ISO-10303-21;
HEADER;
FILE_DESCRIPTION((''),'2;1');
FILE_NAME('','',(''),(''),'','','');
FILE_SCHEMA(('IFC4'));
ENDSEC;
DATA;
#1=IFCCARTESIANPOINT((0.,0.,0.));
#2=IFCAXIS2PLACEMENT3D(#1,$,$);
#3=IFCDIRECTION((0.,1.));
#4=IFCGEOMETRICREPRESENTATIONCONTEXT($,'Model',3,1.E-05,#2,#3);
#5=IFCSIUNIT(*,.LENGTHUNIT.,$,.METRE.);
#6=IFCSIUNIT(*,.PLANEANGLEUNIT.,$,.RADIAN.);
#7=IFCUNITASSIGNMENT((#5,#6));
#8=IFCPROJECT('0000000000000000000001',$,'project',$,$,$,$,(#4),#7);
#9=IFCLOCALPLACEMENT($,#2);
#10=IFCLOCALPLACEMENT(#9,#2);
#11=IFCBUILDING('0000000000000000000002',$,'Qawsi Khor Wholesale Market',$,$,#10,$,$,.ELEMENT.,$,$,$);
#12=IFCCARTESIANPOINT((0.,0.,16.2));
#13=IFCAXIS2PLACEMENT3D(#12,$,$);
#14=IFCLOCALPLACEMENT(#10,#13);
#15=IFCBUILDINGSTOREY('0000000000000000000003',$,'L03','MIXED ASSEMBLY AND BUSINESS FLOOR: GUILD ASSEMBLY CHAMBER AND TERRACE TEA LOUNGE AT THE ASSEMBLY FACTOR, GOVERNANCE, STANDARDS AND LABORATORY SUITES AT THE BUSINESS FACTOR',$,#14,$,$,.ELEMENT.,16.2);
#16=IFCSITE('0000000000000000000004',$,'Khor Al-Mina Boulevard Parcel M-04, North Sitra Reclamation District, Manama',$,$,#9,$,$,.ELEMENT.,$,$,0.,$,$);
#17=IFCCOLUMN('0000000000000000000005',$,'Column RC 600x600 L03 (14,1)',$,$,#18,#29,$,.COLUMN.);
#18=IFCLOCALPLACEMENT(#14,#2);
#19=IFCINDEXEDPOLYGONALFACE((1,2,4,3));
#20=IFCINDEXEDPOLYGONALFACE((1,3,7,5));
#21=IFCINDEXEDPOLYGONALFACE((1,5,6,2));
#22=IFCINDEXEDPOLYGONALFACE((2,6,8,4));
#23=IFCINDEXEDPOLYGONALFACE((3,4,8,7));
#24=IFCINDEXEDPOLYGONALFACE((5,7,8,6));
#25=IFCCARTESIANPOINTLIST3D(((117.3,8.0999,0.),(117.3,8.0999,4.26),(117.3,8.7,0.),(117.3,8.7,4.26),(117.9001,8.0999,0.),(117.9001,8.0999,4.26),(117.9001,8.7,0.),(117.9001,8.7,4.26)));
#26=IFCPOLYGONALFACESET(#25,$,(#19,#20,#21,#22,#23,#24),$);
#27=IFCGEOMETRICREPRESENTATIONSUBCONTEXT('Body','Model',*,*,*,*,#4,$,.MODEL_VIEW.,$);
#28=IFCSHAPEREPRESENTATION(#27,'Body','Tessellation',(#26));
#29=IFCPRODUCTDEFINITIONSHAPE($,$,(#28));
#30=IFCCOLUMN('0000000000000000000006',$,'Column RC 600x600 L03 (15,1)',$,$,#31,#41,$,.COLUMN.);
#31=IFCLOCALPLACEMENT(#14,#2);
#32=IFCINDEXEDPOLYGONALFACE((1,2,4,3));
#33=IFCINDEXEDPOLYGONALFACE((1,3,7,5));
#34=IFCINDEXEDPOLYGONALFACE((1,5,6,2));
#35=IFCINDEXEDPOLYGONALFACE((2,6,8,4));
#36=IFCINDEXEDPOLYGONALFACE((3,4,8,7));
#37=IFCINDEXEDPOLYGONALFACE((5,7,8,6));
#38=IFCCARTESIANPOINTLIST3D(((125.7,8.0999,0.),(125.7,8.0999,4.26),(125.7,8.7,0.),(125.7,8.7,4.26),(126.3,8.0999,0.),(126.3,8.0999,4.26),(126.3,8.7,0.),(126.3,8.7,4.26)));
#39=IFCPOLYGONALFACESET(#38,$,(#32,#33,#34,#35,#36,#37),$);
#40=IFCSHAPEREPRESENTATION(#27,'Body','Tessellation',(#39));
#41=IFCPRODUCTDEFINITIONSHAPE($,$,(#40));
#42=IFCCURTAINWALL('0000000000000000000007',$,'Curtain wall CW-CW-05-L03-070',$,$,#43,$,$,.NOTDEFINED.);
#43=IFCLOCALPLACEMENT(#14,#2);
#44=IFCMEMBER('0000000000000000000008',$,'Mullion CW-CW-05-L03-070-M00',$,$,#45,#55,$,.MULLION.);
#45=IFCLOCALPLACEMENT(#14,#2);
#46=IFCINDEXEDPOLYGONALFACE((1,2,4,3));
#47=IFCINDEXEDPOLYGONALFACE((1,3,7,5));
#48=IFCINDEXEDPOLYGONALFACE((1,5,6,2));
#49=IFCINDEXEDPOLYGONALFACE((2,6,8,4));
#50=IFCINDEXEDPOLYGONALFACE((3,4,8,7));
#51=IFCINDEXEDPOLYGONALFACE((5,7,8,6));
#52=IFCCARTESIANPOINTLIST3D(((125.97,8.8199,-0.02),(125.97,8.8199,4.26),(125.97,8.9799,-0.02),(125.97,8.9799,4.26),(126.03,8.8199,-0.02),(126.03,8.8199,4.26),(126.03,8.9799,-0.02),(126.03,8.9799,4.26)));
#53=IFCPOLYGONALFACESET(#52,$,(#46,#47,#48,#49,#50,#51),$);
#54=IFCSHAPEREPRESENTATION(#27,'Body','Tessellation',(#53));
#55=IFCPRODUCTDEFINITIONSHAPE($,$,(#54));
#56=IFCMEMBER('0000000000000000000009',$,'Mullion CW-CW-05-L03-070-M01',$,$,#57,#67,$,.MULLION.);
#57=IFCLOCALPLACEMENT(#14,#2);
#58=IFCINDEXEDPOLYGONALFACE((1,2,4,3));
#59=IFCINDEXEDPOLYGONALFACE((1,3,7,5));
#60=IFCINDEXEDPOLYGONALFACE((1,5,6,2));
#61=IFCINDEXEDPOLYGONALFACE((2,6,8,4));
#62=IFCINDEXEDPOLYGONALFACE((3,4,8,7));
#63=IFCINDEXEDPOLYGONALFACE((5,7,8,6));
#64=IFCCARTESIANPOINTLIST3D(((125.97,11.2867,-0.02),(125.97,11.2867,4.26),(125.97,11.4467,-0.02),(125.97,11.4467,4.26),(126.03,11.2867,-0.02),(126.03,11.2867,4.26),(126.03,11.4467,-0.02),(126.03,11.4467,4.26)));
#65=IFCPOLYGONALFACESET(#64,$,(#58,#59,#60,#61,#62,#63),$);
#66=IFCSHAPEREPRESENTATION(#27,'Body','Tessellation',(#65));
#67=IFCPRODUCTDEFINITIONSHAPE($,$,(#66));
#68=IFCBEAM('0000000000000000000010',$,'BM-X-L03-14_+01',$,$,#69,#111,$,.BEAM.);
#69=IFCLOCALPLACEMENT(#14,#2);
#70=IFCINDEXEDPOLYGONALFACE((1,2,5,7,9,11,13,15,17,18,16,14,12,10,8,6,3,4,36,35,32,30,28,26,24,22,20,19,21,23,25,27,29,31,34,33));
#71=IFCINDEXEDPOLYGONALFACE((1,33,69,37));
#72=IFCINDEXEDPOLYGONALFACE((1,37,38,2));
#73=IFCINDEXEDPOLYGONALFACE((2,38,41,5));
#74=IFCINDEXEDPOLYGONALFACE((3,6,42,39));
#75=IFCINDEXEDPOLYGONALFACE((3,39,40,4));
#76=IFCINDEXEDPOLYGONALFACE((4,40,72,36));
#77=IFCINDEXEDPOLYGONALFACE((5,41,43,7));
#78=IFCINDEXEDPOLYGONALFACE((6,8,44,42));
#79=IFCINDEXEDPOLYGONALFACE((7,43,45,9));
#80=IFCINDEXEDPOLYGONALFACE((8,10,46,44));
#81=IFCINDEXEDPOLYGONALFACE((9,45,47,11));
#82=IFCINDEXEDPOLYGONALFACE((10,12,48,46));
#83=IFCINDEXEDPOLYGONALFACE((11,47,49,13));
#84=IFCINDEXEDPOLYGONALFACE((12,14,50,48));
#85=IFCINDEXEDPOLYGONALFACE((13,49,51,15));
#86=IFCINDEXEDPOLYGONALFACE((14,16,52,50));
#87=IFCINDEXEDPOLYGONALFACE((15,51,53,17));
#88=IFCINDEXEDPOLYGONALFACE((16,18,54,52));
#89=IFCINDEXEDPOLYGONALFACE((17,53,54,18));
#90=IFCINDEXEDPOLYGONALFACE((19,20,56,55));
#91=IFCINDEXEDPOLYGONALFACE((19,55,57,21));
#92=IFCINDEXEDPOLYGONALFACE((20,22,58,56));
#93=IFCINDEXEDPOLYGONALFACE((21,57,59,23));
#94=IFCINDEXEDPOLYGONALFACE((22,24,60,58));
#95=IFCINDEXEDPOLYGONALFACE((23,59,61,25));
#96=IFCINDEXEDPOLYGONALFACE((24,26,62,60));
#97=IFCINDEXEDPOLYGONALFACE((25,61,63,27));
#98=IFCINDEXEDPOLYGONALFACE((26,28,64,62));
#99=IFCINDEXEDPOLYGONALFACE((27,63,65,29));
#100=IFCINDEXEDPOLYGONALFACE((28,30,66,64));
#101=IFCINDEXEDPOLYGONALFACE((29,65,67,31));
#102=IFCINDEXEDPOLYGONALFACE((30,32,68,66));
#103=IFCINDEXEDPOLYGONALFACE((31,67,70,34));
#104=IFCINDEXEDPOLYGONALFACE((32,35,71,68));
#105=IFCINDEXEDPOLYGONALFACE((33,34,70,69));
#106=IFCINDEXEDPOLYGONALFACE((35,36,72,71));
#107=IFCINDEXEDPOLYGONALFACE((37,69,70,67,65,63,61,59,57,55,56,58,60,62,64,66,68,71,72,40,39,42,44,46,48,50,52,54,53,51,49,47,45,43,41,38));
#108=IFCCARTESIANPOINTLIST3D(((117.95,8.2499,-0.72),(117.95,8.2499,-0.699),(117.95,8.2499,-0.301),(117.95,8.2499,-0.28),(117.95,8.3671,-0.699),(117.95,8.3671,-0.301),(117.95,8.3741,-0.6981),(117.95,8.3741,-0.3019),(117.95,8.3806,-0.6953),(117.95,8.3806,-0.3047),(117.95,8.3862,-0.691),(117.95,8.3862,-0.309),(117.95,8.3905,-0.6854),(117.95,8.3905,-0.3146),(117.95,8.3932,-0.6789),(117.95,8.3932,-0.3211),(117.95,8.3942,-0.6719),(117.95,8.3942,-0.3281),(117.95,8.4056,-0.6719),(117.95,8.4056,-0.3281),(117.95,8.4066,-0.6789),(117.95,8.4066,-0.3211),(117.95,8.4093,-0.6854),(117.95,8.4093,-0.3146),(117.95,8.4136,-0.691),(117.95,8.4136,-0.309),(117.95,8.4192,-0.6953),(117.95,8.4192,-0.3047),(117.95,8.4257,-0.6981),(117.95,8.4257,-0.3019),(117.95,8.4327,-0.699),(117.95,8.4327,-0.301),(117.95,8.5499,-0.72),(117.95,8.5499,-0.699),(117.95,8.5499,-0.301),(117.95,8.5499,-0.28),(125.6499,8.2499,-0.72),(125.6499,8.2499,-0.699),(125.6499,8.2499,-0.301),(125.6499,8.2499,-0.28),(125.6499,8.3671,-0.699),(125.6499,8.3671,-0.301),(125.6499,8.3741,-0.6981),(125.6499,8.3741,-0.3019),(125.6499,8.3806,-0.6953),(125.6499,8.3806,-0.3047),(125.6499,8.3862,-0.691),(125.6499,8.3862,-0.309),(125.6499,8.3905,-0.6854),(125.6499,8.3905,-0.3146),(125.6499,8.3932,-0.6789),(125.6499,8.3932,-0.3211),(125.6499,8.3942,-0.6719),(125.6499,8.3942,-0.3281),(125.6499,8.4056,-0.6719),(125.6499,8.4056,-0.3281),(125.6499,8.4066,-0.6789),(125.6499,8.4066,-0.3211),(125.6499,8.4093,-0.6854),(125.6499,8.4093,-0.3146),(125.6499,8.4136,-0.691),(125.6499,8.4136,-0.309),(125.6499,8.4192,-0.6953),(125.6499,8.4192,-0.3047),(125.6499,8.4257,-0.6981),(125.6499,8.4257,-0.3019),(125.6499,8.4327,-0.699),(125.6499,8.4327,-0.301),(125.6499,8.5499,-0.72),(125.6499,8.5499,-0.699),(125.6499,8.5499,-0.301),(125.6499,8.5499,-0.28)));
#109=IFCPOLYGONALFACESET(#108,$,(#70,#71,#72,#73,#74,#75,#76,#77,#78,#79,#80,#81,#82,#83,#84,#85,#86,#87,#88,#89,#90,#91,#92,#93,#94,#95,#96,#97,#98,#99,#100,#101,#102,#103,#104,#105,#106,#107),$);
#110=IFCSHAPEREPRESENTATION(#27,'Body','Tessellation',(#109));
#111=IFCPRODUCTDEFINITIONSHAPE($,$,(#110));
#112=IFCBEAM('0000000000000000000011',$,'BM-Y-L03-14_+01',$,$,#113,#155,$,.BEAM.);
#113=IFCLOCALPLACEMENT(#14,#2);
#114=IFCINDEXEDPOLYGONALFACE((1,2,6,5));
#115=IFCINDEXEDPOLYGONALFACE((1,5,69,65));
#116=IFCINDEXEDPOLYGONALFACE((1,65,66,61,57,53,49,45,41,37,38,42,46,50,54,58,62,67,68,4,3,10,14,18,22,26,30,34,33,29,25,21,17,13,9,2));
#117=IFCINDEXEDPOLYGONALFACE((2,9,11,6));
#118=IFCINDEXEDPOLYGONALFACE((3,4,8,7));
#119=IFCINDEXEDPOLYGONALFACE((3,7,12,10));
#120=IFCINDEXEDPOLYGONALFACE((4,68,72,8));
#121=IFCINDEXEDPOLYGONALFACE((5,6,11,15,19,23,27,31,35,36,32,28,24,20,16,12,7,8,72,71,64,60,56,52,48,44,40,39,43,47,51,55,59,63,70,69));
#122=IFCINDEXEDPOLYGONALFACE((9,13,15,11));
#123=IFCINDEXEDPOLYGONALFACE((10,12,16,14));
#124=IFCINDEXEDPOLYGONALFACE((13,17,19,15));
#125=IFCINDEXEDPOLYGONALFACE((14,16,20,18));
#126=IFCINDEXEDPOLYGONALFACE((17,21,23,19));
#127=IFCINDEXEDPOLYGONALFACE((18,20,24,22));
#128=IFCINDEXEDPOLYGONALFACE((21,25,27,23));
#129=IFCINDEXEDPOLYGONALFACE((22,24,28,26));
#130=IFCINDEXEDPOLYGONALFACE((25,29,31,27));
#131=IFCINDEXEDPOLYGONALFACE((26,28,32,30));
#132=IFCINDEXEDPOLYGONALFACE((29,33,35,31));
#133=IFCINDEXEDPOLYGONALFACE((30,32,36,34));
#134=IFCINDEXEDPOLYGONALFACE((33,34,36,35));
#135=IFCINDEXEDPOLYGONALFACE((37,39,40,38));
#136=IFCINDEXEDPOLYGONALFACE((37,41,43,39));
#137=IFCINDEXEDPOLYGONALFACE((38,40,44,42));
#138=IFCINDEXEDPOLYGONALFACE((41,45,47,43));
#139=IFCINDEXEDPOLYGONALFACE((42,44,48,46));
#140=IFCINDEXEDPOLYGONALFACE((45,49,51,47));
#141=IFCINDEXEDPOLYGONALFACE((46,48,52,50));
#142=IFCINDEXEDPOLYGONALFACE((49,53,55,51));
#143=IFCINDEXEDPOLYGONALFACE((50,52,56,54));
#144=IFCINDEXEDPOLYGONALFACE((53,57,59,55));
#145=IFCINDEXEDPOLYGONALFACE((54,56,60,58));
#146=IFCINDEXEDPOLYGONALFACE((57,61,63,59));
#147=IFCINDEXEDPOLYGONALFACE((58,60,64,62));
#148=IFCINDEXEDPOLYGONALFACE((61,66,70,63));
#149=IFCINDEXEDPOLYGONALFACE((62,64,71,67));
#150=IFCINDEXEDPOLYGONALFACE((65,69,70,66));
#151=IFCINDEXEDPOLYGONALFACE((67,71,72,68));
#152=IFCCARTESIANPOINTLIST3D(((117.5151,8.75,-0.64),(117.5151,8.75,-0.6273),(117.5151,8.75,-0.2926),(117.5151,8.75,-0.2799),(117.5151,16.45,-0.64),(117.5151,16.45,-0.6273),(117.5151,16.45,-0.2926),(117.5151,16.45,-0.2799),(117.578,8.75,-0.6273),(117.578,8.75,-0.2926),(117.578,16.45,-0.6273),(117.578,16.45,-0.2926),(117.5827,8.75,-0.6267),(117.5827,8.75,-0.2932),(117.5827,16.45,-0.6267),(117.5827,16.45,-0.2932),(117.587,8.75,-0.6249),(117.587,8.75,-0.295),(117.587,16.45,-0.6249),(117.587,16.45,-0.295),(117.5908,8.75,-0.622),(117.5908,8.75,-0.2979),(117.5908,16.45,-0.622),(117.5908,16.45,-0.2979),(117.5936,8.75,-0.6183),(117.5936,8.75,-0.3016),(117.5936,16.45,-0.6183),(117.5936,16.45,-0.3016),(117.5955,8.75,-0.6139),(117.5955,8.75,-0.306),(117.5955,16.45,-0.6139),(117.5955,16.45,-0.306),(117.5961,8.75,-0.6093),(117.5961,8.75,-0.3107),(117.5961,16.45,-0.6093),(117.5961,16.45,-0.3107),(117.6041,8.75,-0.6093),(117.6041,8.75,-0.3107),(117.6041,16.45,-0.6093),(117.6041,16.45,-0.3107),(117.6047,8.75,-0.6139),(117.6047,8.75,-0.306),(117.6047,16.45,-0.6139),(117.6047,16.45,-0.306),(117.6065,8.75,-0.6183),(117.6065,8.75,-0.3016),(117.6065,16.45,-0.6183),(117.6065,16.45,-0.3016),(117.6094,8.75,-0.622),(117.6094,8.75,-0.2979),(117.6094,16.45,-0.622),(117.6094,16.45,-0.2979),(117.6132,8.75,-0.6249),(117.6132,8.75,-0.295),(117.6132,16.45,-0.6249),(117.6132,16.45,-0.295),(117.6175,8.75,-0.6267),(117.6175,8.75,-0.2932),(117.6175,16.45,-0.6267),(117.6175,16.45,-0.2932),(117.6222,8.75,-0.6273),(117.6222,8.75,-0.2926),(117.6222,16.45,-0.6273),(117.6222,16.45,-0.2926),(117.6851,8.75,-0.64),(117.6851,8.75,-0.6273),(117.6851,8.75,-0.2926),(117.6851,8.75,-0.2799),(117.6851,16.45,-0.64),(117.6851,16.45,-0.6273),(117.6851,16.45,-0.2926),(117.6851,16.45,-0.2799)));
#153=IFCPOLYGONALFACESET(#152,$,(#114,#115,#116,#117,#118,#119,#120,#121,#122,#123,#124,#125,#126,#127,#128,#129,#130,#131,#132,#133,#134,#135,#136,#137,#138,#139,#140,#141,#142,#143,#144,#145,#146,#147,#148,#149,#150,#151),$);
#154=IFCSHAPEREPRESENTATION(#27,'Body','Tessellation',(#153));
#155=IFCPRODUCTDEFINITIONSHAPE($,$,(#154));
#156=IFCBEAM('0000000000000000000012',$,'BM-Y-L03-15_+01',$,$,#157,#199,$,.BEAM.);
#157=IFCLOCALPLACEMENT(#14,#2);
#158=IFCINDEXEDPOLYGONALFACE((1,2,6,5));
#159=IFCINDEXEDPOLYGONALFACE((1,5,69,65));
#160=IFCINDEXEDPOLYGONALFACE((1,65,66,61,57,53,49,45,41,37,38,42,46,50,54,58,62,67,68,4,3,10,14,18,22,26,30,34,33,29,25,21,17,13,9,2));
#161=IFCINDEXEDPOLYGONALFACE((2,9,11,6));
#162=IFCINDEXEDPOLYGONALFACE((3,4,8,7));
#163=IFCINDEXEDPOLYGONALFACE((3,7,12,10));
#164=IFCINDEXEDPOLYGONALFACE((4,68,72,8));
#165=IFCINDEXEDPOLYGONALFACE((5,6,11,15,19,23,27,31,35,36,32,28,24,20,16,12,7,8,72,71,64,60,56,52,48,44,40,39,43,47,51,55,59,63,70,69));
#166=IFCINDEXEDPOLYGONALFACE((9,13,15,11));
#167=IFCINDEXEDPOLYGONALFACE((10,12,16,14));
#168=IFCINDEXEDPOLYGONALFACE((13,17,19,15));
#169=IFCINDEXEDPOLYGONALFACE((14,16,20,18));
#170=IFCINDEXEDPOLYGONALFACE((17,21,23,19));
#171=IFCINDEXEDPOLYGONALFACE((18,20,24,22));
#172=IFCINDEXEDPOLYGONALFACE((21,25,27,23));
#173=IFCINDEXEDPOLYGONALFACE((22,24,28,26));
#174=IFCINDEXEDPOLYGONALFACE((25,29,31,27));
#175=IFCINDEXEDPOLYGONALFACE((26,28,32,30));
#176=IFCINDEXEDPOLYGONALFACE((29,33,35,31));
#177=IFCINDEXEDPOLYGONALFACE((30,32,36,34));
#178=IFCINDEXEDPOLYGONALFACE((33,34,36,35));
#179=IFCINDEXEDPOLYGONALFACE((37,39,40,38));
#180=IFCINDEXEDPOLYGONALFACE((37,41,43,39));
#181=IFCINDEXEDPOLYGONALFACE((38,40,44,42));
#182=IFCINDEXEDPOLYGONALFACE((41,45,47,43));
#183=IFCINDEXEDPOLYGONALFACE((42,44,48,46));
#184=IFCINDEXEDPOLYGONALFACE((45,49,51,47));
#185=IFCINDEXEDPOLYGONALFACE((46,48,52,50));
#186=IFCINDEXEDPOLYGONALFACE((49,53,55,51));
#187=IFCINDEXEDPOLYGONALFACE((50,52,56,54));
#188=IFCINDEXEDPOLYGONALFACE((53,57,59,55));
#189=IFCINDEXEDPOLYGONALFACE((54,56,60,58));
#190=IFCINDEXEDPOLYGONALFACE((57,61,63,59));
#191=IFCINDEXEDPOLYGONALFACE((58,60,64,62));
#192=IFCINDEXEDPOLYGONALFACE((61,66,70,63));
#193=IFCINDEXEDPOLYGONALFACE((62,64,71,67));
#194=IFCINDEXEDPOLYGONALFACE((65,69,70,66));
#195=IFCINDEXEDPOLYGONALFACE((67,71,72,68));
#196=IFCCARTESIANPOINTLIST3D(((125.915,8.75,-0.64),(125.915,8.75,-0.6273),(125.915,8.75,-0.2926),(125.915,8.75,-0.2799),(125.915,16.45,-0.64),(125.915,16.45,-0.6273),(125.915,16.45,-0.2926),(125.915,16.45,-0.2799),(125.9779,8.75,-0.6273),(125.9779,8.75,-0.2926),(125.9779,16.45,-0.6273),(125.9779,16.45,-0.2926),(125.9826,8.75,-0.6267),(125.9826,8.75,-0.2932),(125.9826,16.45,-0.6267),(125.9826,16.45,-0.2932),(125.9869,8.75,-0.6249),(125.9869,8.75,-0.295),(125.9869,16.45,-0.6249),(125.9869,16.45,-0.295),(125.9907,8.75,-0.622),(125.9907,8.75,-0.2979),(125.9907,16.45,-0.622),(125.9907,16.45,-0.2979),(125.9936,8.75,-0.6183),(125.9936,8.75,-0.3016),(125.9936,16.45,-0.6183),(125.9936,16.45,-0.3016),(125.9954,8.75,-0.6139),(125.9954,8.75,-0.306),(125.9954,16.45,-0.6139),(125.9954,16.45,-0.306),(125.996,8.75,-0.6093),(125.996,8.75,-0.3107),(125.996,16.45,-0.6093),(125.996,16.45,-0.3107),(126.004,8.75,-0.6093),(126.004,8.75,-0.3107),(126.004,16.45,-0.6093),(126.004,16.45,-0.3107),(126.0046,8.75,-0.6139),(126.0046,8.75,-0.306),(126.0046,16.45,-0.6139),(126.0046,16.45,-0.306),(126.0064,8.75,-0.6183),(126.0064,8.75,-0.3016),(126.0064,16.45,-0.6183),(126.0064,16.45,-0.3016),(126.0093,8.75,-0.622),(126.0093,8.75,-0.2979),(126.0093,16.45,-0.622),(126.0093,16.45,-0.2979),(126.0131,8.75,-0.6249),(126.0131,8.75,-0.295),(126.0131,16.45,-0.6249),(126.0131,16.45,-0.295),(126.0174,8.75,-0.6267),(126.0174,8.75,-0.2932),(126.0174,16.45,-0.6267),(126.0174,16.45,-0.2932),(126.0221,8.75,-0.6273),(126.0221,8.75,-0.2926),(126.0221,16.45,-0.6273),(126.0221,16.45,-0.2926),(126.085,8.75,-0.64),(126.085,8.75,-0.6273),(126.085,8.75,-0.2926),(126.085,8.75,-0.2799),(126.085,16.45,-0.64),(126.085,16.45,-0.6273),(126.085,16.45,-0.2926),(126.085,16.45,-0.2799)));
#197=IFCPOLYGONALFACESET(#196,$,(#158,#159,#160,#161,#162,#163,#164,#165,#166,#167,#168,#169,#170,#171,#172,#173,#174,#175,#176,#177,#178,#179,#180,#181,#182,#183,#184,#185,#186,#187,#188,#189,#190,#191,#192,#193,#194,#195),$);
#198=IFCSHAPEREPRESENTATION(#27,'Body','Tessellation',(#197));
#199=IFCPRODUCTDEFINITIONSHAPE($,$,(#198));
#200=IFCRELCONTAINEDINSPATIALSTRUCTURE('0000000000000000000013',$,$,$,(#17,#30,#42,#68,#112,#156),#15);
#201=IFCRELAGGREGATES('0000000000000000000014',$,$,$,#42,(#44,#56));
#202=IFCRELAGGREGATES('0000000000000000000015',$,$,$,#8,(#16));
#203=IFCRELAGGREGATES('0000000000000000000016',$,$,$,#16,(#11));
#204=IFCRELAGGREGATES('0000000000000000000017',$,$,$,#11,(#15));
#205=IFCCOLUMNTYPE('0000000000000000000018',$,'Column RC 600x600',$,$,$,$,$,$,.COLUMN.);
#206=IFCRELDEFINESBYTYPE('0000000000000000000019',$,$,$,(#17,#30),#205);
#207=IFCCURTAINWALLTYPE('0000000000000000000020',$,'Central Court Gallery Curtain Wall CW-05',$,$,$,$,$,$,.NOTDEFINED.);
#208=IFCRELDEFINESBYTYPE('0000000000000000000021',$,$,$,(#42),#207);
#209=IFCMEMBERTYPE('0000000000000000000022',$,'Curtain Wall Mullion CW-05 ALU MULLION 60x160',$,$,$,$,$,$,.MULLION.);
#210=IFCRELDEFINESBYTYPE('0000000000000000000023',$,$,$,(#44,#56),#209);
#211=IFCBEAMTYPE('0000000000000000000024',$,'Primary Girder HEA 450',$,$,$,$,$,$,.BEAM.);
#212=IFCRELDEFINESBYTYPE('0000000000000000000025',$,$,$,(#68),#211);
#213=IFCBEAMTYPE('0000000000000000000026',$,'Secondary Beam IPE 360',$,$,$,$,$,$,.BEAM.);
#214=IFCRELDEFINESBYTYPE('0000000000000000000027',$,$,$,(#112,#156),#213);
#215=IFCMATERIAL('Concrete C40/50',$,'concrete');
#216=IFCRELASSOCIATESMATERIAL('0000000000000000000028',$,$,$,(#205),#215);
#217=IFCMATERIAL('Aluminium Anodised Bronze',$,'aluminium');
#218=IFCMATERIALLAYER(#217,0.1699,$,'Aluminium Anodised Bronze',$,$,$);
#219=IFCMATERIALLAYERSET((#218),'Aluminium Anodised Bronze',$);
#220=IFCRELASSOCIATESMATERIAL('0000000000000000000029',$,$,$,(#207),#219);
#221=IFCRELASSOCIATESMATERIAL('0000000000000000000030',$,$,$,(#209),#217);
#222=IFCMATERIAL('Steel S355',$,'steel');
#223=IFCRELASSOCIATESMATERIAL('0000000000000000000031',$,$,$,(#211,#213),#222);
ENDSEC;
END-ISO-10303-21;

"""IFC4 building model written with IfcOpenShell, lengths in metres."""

from ifc_helpers import new_model, si_unit, direction, frame, origin, origin_2d, place, context, subcontext, project, spatial, rectangle, i_section, extrude, material, layer, layer_set, material_profile, profile_set, type_object, element, aggregate, save


model = new_model("IFC4")

# Units and contexts
model_context = context("Model", 3, precision=1e-05, world=origin(), true_north=direction((0.0, 1.0)))
body_context = subcontext(model_context, "Body", "Model", "MODEL_VIEW")
ifc_project = project(units=[si_unit("LENGTHUNIT", "METRE"), si_unit("PLANEANGLEUNIT", "RADIAN")], contexts=[model_context])

# Site, building, storey
site_placement = place(None, origin())
site = spatial("IfcSite", under=ifc_project, at=site_placement, Name="Khor Al-Mina Boulevard Parcel M-04, North Sitra Reclamation District, Manama", CompositionType="ELEMENT", RefElevation=0.0)
building_placement = place(site_placement, origin())
building = spatial("IfcBuilding", under=site, at=building_placement, Name="Qawsi Khor Wholesale Market", CompositionType="ELEMENT")
storey_placement = place(building_placement, frame((0.0, 0.0, 16.2)))
storey = spatial("IfcBuildingStorey", under=building, at=storey_placement, Name="L03", Description="MIXED ASSEMBLY AND BUSINESS FLOOR: GUILD ASSEMBLY CHAMBER AND TERRACE TEA LOUNGE AT THE ASSEMBLY FACTOR, GOVERNANCE, STANDARDS AND LABORATORY SUITES AT THE BUSINESS FACTOR", CompositionType="ELEMENT", Elevation=16.2)

# Columns
ifc_material_1 = material(Name="Concrete C40/50", Category="concrete")
ifc_material_profile_1 = material_profile(ifc_material_1, rectangle(XDim=0.6001, YDim=0.6001, at=origin_2d()), Name="RC 600x600")
ifc_profile_set_1 = profile_set([ifc_material_profile_1], Name="Concrete C40/50")
column_type = type_object("IfcColumnType", Name="Column RC 600x600", PredefinedType="COLUMN", material=ifc_profile_set_1)
for number, where, z_axis, x_axis, name in (
    (1, (117.6001, 8.3999, 0.0), (0.0, 0.0, 1.0), (1.0, 0.0, 0.0), "Column RC 600x600 L03 (14,1)"),
    (2, (126.0, 8.3999, 0.0), (0.0, 0.0, 1.0), (1.0, 0.0, 0.0), "Column RC 600x600 L03 (15,1)"),
):
    element("IfcColumn", number, at=place(storey_placement, frame(where, z_axis=z_axis, x_axis=x_axis)), inside=storey, type_object=column_type, Name=name, PredefinedType="COLUMN", context=body_context, shape_type="SweptSolid", body=[
        extrude(rectangle(XDim=0.6001, YDim=0.6001, at=origin_2d()), origin(), (0.0, 0.0, 1.0), 4.26),
    ])

# Curtain wall, members
ifc_material_2 = material(Name="Aluminium Anodised Bronze", Category="aluminium")
ifc_layer_1 = layer(ifc_material_2, 0.1699, Name="Aluminium Anodised Bronze")
ifc_layer_set_1 = layer_set([ifc_layer_1], Name="Aluminium Anodised Bronze")
curtain_wall_type = type_object("IfcCurtainWallType", Name="Central Court Gallery Curtain Wall CW-05", PredefinedType="NOTDEFINED", material=ifc_layer_set_1)
curtain_wall_placement = place(storey_placement, origin())
curtain_wall = element("IfcCurtainWall", 3, at=curtain_wall_placement, inside=storey, type_object=curtain_wall_type, Name="Curtain wall CW-CW-05-L03-070", PredefinedType="NOTDEFINED")
ifc_material_profile_2 = material_profile(ifc_material_2, rectangle(XDim=0.0601, YDim=0.1599, at=origin_2d()), Name="ALU MULLION 60x160")
ifc_profile_set_2 = profile_set([ifc_material_profile_2], Name="Aluminium Anodised Bronze")
member_type = type_object("IfcMemberType", Name="Curtain Wall Mullion CW-05 ALU MULLION 60x160", PredefinedType="MULLION", material=ifc_profile_set_2)
member_1_placement = place(storey_placement, frame((126.0, 8.8999, -0.02), z_axis=(0.0, 0.0, 1.0), x_axis=(1.0, 0.0, 0.0)))
member_1 = element("IfcMember", 4, at=member_1_placement, type_object=member_type, Name="Mullion CW-CW-05-L03-070-M00", PredefinedType="MULLION", context=body_context, shape_type="SweptSolid", body=[
    extrude(rectangle(XDim=0.0601, YDim=0.1599, at=origin_2d()), origin(), (0.0, 0.0, 1.0), 4.28),
])
member_2_placement = place(storey_placement, frame((126.0, 11.3667, -0.02), z_axis=(0.0, 0.0, 1.0), x_axis=(1.0, 0.0, 0.0)))
member_2 = element("IfcMember", 5, at=member_2_placement, type_object=member_type, Name="Mullion CW-CW-05-L03-070-M01", PredefinedType="MULLION", context=body_context, shape_type="SweptSolid", body=[
    extrude(rectangle(XDim=0.0601, YDim=0.1599, at=origin_2d()), origin(), (0.0, 0.0, 1.0), 4.28),
])
aggregate(curtain_wall, [member_1, member_2])

# Beams
ifc_material_3 = material(Name="Steel S355", Category="steel")
ifc_material_profile_3 = material_profile(ifc_material_3, i_section(OverallWidth=0.3, OverallDepth=0.4399, WebThickness=0.0115, FlangeThickness=0.021, FilletRadius=0.0271, at=origin_2d()), Name="HEA 450")
ifc_profile_set_3 = profile_set([ifc_material_profile_3], Name="Steel S355")
beam_type_1 = type_object("IfcBeamType", Name="Primary Girder HEA 450", PredefinedType="BEAM", material=ifc_profile_set_3)
beam_placement = place(storey_placement, frame((117.95, 8.3999, -0.5), z_axis=(1.0, 0.0, 0.0), x_axis=(0.0, 1.0, 0.0)))
element("IfcBeam", 6, at=beam_placement, inside=storey, type_object=beam_type_1, Name="BM-X-L03-14_+01", PredefinedType="BEAM", context=body_context, shape_type="SweptSolid", body=[
    extrude(i_section(OverallWidth=0.3, OverallDepth=0.4399, WebThickness=0.0115, FlangeThickness=0.021, FilletRadius=0.0271, at=origin_2d()), origin(), (0.0, 0.0, 1.0), 7.7),
])
ifc_material_profile_4 = material_profile(ifc_material_3, i_section(OverallWidth=0.1699, OverallDepth=0.3601, WebThickness=0.0081, FlangeThickness=0.0127, FilletRadius=0.0181, at=origin_2d()), Name="IPE 360")
ifc_profile_set_4 = profile_set([ifc_material_profile_4], Name="Steel S355")
beam_type_2 = type_object("IfcBeamType", Name="Secondary Beam IPE 360", PredefinedType="BEAM", material=ifc_profile_set_4)
for number, where, z_axis, x_axis, name in (
    (7, (117.6001, 8.75, -0.46), (0.0, 1.0, 0.0), (-1.0, 0.0, 0.0), "BM-Y-L03-14_+01"),
    (8, (126.0, 8.75, -0.46), (0.0, 1.0, 0.0), (-1.0, 0.0, 0.0), "BM-Y-L03-15_+01"),
):
    element("IfcBeam", number, at=place(storey_placement, frame(where, z_axis=z_axis, x_axis=x_axis)), inside=storey, type_object=beam_type_2, Name=name, PredefinedType="BEAM", context=body_context, shape_type="SweptSolid", body=[
        extrude(i_section(OverallWidth=0.1699, OverallDepth=0.3601, WebThickness=0.0081, FlangeThickness=0.0127, FilletRadius=0.0181, at=origin_2d()), origin(), (0.0, 0.0, 1.0), 7.7),
    ])

save(model, "model.ifc")
